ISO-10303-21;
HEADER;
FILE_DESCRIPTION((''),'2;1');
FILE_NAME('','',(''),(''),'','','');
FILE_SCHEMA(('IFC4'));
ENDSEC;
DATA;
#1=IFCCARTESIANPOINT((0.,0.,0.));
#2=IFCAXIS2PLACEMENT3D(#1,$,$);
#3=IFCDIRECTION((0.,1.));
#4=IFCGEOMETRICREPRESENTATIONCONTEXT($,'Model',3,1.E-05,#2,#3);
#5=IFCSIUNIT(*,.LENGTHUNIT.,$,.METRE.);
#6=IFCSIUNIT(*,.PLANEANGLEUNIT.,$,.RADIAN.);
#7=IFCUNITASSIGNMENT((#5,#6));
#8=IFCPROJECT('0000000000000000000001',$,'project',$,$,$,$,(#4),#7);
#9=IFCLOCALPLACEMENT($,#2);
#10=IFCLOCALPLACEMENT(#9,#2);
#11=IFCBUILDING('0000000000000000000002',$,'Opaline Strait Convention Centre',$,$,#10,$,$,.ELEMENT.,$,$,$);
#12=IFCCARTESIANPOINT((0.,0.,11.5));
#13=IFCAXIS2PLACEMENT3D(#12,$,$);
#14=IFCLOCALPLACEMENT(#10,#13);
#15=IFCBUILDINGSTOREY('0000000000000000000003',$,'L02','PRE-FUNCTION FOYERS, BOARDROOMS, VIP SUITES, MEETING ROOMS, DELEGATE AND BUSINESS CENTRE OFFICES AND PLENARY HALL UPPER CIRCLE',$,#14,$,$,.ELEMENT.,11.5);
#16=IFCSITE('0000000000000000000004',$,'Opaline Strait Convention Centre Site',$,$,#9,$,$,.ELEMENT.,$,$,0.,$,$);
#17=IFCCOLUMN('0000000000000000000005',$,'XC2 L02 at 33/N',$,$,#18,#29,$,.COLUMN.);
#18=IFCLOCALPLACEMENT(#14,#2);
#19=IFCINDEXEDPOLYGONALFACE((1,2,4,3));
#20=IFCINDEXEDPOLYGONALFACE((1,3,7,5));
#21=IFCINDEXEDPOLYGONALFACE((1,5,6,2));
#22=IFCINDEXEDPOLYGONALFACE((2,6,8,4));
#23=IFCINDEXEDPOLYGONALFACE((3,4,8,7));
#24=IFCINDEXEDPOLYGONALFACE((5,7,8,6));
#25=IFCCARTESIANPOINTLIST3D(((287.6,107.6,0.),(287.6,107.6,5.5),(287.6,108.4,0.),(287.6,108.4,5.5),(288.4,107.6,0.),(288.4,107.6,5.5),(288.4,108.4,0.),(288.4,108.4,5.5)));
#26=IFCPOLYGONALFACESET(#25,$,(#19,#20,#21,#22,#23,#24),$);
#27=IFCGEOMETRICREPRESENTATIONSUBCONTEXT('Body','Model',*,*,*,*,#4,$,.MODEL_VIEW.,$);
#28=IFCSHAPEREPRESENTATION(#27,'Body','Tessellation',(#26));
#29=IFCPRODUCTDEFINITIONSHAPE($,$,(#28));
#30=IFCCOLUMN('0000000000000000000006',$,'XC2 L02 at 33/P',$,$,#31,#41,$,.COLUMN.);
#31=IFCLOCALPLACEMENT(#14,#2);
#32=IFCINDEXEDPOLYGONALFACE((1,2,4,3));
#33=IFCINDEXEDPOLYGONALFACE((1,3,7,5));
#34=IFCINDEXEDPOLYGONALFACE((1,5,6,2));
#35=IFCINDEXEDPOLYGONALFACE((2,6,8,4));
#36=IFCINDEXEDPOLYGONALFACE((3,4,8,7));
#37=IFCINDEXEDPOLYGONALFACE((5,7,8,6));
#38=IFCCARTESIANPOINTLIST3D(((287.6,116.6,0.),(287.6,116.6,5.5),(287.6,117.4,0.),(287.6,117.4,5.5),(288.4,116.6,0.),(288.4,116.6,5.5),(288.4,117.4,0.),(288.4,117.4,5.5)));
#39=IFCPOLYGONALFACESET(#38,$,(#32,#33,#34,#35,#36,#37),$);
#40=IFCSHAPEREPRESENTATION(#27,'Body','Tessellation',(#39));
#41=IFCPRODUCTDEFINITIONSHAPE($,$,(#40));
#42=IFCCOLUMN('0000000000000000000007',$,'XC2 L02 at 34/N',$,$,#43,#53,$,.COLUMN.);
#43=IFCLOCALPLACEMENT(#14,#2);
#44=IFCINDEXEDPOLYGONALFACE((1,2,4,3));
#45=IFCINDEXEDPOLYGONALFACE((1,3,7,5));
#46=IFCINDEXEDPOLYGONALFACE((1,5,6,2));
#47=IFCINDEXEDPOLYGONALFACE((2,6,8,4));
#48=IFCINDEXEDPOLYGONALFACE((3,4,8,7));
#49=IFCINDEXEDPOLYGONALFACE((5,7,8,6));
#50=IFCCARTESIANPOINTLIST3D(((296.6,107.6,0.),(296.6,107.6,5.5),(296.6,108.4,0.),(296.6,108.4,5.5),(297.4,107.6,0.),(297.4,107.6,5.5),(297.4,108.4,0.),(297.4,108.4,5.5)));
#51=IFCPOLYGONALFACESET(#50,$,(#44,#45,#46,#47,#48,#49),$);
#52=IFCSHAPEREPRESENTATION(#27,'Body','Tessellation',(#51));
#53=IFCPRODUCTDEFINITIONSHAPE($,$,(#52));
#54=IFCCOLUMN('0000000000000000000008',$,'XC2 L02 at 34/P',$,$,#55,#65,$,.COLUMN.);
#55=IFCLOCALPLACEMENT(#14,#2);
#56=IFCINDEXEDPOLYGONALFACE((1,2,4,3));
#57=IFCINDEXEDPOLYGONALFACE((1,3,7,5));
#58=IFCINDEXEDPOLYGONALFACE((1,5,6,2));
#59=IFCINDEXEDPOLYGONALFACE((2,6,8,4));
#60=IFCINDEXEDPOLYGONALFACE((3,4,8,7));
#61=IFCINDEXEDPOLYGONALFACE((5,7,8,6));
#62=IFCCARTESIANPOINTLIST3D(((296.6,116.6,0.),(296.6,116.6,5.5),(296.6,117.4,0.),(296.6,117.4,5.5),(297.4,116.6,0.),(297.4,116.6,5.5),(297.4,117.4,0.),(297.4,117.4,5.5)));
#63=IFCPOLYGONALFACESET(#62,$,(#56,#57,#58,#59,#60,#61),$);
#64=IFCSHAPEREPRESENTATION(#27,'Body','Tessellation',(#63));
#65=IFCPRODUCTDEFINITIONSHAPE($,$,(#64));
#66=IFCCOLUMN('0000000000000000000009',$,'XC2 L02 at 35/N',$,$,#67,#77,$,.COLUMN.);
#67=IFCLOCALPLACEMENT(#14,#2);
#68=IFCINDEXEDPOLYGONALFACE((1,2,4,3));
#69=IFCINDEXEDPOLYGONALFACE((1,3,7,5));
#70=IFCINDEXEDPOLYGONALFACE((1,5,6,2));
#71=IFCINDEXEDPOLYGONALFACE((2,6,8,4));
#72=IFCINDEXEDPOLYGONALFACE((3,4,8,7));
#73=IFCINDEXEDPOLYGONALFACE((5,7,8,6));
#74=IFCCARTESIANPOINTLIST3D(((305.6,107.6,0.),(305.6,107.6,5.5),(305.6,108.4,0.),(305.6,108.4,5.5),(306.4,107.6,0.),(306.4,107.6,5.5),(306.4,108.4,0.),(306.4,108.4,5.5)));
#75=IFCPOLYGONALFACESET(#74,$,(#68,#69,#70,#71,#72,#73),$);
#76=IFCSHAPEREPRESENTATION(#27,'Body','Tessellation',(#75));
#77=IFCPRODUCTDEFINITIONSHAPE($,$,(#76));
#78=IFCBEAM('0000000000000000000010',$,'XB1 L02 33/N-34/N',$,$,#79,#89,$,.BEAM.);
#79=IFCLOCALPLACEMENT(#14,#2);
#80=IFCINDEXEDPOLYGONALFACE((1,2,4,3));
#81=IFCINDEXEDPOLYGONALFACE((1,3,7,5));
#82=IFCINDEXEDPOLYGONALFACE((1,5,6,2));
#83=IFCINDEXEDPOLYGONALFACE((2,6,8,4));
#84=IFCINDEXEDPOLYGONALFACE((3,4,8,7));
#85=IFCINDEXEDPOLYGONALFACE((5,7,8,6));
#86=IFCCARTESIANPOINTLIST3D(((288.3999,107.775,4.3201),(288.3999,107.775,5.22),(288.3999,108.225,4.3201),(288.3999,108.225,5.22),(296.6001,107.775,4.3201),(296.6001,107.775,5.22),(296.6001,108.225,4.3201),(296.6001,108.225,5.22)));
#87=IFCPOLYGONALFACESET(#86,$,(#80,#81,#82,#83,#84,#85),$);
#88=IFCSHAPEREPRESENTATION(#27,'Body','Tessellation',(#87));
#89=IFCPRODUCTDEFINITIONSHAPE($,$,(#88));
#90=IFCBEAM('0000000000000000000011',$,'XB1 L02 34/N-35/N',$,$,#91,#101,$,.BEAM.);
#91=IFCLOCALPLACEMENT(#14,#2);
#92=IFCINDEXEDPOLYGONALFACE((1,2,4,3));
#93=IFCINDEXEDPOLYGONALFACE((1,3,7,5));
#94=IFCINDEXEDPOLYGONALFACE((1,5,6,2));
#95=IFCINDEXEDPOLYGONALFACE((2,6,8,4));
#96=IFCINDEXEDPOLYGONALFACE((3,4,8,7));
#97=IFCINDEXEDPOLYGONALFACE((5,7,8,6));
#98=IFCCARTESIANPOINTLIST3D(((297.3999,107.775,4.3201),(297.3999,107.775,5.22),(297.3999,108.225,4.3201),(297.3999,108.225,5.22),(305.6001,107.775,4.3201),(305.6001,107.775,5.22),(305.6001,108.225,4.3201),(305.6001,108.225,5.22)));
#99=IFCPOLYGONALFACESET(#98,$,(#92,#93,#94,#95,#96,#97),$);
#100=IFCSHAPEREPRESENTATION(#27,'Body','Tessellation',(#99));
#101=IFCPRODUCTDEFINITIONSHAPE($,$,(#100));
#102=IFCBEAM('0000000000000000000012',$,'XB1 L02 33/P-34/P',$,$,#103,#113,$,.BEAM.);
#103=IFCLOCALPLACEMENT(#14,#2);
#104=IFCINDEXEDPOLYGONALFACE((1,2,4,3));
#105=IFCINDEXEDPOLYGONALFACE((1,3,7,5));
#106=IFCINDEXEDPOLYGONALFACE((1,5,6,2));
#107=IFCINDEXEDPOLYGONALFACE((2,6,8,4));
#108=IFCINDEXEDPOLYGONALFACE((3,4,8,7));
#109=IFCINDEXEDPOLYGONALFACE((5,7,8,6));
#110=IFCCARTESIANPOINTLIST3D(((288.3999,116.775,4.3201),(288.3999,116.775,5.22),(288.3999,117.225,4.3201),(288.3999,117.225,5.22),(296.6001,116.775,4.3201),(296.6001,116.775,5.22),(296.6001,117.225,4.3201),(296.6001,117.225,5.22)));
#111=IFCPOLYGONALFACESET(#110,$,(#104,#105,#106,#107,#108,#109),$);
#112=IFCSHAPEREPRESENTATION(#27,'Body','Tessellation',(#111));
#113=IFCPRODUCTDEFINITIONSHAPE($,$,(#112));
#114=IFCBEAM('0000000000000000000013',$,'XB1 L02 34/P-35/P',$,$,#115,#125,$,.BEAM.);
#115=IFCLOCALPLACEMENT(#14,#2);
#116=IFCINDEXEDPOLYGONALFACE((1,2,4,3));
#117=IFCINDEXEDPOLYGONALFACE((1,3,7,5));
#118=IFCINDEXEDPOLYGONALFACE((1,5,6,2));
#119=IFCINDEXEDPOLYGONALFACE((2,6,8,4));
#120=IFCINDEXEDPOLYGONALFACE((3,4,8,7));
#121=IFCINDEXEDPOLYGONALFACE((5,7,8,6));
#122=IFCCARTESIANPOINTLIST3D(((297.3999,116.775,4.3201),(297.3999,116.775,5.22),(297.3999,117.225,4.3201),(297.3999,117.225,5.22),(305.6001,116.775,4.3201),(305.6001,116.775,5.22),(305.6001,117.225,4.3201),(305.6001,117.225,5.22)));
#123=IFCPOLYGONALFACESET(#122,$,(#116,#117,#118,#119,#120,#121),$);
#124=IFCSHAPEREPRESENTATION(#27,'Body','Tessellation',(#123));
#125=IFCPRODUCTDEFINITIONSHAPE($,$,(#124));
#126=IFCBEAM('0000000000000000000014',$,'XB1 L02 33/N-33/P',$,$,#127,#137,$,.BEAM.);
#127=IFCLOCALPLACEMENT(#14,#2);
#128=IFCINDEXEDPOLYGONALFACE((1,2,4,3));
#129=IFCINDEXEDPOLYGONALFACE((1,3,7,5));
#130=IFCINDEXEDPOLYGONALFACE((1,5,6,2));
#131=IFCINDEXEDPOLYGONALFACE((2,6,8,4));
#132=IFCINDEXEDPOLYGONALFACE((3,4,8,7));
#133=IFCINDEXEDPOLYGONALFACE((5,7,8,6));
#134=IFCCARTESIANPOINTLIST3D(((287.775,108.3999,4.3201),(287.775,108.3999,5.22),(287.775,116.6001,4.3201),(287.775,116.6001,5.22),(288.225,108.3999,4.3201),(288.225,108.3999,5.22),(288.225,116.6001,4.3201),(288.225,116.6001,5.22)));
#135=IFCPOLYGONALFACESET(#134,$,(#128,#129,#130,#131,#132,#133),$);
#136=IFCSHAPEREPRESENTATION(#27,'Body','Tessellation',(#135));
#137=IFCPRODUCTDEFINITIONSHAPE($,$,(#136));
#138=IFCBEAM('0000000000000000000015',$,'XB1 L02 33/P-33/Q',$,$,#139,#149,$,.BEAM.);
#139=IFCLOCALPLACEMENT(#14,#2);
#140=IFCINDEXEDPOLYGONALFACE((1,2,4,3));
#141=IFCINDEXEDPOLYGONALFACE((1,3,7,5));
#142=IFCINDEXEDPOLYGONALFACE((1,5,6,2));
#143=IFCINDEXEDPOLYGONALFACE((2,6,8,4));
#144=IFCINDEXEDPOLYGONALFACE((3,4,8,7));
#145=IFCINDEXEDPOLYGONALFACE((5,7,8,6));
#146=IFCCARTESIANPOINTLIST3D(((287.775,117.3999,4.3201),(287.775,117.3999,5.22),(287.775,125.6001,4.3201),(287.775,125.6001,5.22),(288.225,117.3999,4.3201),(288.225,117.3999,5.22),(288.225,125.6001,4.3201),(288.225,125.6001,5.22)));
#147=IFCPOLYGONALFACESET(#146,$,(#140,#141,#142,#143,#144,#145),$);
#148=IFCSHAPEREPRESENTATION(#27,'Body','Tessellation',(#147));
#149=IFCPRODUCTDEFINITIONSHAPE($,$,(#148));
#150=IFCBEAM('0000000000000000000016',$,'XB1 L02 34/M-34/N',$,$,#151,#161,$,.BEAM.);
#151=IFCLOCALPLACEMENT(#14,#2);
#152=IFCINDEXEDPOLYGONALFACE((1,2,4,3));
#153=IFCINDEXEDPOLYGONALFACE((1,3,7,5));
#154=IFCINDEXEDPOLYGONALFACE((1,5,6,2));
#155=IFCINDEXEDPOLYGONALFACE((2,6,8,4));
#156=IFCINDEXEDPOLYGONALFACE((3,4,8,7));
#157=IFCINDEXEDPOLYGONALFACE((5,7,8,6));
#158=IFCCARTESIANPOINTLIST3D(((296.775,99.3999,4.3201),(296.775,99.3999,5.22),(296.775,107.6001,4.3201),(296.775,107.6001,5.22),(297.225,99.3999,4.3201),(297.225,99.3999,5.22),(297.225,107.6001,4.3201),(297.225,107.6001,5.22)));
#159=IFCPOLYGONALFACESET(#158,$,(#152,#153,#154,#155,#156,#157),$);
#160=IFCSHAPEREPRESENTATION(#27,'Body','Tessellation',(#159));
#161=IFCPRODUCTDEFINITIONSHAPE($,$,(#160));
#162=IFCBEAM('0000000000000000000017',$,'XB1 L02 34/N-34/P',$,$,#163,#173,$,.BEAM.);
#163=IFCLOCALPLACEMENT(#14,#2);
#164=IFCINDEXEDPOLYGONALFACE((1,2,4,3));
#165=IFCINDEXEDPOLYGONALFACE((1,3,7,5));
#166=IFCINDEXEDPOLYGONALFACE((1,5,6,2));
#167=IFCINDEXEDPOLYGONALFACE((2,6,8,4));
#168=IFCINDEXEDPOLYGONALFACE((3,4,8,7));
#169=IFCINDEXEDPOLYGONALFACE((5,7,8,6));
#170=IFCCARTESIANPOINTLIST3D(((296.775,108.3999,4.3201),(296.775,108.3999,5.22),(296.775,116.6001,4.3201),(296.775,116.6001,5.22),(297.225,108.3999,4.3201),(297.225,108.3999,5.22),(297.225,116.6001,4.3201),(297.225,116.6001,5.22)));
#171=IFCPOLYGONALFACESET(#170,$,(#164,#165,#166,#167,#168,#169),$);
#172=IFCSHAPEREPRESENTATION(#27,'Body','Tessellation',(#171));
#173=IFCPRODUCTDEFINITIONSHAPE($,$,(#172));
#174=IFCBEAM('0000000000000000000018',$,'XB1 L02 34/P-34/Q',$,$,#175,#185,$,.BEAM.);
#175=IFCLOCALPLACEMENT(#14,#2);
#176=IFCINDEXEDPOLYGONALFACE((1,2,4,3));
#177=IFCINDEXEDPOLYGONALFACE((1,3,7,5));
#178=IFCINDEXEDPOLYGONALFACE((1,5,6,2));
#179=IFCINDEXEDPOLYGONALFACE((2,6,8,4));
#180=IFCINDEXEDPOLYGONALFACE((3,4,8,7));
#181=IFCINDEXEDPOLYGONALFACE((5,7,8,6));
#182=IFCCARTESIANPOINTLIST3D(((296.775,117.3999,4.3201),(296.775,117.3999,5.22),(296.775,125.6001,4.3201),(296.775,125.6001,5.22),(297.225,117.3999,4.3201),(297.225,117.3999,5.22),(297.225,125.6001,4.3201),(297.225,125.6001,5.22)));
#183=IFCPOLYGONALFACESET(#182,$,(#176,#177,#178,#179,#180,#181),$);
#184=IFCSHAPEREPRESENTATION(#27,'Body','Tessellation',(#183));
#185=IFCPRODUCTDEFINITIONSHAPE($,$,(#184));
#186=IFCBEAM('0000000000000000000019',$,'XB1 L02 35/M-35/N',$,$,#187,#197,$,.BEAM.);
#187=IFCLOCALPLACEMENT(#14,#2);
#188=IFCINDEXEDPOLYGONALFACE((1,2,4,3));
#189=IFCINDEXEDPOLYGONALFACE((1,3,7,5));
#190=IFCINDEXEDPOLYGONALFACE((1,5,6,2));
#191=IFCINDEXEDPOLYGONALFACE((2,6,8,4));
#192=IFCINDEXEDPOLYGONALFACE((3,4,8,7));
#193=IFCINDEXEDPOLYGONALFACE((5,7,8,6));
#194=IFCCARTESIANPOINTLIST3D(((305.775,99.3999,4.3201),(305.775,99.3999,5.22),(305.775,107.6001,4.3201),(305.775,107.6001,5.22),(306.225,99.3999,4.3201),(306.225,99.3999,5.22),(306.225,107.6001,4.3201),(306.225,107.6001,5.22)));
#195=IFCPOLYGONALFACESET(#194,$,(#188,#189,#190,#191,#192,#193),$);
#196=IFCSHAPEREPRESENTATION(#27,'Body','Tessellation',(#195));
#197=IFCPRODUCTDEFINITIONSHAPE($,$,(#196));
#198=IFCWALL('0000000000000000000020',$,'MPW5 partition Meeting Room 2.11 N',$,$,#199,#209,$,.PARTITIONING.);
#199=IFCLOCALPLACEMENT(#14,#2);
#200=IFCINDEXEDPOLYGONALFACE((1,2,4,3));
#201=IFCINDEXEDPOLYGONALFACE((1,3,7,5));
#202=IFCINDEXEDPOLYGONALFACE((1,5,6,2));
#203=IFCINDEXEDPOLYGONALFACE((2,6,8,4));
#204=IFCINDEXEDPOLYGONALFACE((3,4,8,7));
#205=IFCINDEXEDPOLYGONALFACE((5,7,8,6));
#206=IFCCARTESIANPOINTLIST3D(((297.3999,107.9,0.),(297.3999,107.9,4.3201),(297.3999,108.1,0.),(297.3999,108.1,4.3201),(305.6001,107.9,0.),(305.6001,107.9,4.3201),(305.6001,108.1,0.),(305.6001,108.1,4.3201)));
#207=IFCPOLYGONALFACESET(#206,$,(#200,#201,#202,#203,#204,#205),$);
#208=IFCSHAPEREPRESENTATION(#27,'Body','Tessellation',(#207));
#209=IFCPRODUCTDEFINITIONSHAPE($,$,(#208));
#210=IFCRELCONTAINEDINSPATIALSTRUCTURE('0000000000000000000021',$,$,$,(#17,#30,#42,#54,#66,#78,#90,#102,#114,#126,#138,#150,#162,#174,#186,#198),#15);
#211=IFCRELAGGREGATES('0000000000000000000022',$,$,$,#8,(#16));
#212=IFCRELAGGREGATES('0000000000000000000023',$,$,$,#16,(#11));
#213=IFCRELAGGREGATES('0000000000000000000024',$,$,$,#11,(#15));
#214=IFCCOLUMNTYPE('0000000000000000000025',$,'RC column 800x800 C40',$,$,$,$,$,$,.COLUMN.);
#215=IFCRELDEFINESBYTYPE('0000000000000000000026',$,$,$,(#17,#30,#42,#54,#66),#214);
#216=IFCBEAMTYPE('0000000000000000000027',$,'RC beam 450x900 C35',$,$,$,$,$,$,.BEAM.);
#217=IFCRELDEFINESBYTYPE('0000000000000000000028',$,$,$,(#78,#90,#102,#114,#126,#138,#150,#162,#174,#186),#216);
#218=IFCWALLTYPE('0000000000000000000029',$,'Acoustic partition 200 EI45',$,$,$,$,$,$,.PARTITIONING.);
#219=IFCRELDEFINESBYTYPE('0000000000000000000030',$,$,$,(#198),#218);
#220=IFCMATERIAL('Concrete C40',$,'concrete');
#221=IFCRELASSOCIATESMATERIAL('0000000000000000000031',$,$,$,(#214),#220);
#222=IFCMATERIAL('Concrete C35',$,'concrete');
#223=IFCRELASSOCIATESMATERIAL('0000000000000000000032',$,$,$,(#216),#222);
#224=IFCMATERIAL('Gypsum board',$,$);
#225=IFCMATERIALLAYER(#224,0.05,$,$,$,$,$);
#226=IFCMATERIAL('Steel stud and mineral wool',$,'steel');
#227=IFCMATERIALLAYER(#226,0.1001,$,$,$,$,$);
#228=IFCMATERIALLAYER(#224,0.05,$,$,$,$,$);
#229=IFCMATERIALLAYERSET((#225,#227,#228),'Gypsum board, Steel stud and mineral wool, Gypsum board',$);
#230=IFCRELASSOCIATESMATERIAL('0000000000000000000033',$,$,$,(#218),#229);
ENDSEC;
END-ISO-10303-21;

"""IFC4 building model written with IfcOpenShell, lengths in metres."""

from ifc_helpers import new_model, si_unit, direction, frame, frame_2d, origin, origin_2d, place, context, subcontext, project, spatial, rectangle, extrude, material, layer, layer_set, material_profile, profile_set, type_object, element, save


model = new_model("IFC4")

# Units and contexts
model_context = context("Model", 3, precision=1e-05, world=origin(), true_north=direction((0.0, 1.0)))
body_context = subcontext(model_context, "Body", "Model", "MODEL_VIEW")
ifc_project = project(units=[si_unit("LENGTHUNIT", "METRE"), si_unit("PLANEANGLEUNIT", "RADIAN")], contexts=[model_context])

# Site, building, storey
site_placement = place(None, origin())
site = spatial("IfcSite", under=ifc_project, at=site_placement, Name="Opaline Strait Convention Centre Site", CompositionType="ELEMENT", RefElevation=0.0)
building_placement = place(site_placement, origin())
building = spatial("IfcBuilding", under=site, at=building_placement, Name="Opaline Strait Convention Centre", CompositionType="ELEMENT")
storey_placement = place(building_placement, frame((0.0, 0.0, 11.5)))
storey = spatial("IfcBuildingStorey", under=building, at=storey_placement, Name="L02", Description="PRE-FUNCTION FOYERS, BOARDROOMS, VIP SUITES, MEETING ROOMS, DELEGATE AND BUSINESS CENTRE OFFICES AND PLENARY HALL UPPER CIRCLE", CompositionType="ELEMENT", Elevation=11.5)

# Columns
ifc_material_1 = material(Name="Concrete C40", Category="concrete")
ifc_material_profile_1 = material_profile(ifc_material_1, rectangle(XDim=0.8, YDim=0.8, at=origin_2d()), Name="RC 800x800")
ifc_profile_set_1 = profile_set([ifc_material_profile_1], Name="Concrete C40")
column_type = type_object("IfcColumnType", Name="RC column 800x800 C40", PredefinedType="COLUMN", material=ifc_profile_set_1)
for number, where, z_axis, x_axis, name in (
    (1, (288.0, 108.0, 0.0), (0.0, 0.0, 1.0), (1.0, 0.0, 0.0), "XC2 L02 at 33/N"),
    (2, (288.0, 117.0, 0.0), (0.0, 0.0, 1.0), (1.0, 0.0, 0.0), "XC2 L02 at 33/P"),
    (3, (297.0, 108.0, 0.0), (0.0, 0.0, 1.0), (1.0, 0.0, 0.0), "XC2 L02 at 34/N"),
    (4, (297.0, 117.0, 0.0), (0.0, 0.0, 1.0), (1.0, 0.0, 0.0), "XC2 L02 at 34/P"),
    (5, (306.0, 108.0, 0.0), (0.0, 0.0, 1.0), (1.0, 0.0, 0.0), "XC2 L02 at 35/N"),
):
    element("IfcColumn", number, at=place(storey_placement, frame(where, z_axis=z_axis, x_axis=x_axis)), inside=storey, type_object=column_type, Name=name, PredefinedType="COLUMN", context=body_context, shape_type="SweptSolid", body=[
        extrude(rectangle(XDim=0.8, YDim=0.8, at=origin_2d()), origin(), (0.0, 0.0, 1.0), 5.5),
    ])

# Beams
ifc_material_2 = material(Name="Concrete C35", Category="concrete")
ifc_material_profile_2 = material_profile(ifc_material_2, rectangle(XDim=0.45, YDim=0.8999, at=origin_2d()), Name="RC 450x900")
ifc_profile_set_2 = profile_set([ifc_material_profile_2], Name="Concrete C35")
beam_type = type_object("IfcBeamType", Name="RC beam 450x900 C35", PredefinedType="BEAM", material=ifc_profile_set_2)
for number, where, z_axis, x_axis, name in (
    (6, (288.3999, 108.0, 4.77), (1.0, 0.0, 0.0), (0.0, 1.0, 0.0), "XB1 L02 33/N-34/N"),
    (7, (297.3999, 108.0, 4.77), (1.0, 0.0, 0.0), (0.0, 1.0, 0.0), "XB1 L02 34/N-35/N"),
    (8, (288.3999, 117.0, 4.77), (1.0, 0.0, 0.0), (0.0, 1.0, 0.0), "XB1 L02 33/P-34/P"),
    (9, (297.3999, 117.0, 4.77), (1.0, 0.0, 0.0), (0.0, 1.0, 0.0), "XB1 L02 34/P-35/P"),
    (10, (288.0, 108.3999, 4.77), (0.0, 1.0, 0.0), (-1.0, 0.0, 0.0), "XB1 L02 33/N-33/P"),
    (11, (288.0, 117.3999, 4.77), (0.0, 1.0, 0.0), (-1.0, 0.0, 0.0), "XB1 L02 33/P-33/Q"),
    (12, (297.0, 99.3999, 4.77), (0.0, 1.0, 0.0), (-1.0, 0.0, 0.0), "XB1 L02 34/M-34/N"),
    (13, (297.0, 108.3999, 4.77), (0.0, 1.0, 0.0), (-1.0, 0.0, 0.0), "XB1 L02 34/N-34/P"),
    (14, (297.0, 117.3999, 4.77), (0.0, 1.0, 0.0), (-1.0, 0.0, 0.0), "XB1 L02 34/P-34/Q"),
    (15, (306.0, 99.3999, 4.77), (0.0, 1.0, 0.0), (-1.0, 0.0, 0.0), "XB1 L02 35/M-35/N"),
):
    element("IfcBeam", number, at=place(storey_placement, frame(where, z_axis=z_axis, x_axis=x_axis)), inside=storey, type_object=beam_type, Name=name, PredefinedType="BEAM", context=body_context, shape_type="SweptSolid", body=[
        extrude(rectangle(XDim=0.45, YDim=0.8999, at=origin_2d()), origin(), (0.0, 0.0, 1.0), 8.2002),
    ])

# Wall
ifc_material_3 = material(Name="Gypsum board")
ifc_layer_1 = layer(ifc_material_3, 0.05)
ifc_material_4 = material(Name="Steel stud and mineral wool", Category="steel")
ifc_layer_2 = layer(ifc_material_4, 0.1001)
ifc_layer_3 = layer(ifc_material_3, 0.05)
ifc_layer_set_1 = layer_set([ifc_layer_1, ifc_layer_2, ifc_layer_3], Name="Gypsum board, Steel stud and mineral wool, Gypsum board")
wall_type_1 = type_object("IfcWallType", Name="Acoustic partition 200 EI45", PredefinedType="PARTITIONING", material=ifc_layer_set_1)
wall_1_placement = place(storey_placement, frame((297.3999, 108.0, 0.0), z_axis=(0.0, 0.0, 1.0), x_axis=(1.0, 0.0, 0.0)))
element("IfcWall", 16, at=wall_1_placement, inside=storey, type_object=wall_type_1, Name="MPW5 partition Meeting Room 2.11 N", PredefinedType="PARTITIONING", context=body_context, shape_type="SweptSolid", body=[
    extrude(rectangle(XDim=8.2002, YDim=0.2, at=frame_2d((4.1001, 0.0))), origin(), (0.0, 0.0, 1.0), 4.3201),
])

save(model, "model.ifc")
